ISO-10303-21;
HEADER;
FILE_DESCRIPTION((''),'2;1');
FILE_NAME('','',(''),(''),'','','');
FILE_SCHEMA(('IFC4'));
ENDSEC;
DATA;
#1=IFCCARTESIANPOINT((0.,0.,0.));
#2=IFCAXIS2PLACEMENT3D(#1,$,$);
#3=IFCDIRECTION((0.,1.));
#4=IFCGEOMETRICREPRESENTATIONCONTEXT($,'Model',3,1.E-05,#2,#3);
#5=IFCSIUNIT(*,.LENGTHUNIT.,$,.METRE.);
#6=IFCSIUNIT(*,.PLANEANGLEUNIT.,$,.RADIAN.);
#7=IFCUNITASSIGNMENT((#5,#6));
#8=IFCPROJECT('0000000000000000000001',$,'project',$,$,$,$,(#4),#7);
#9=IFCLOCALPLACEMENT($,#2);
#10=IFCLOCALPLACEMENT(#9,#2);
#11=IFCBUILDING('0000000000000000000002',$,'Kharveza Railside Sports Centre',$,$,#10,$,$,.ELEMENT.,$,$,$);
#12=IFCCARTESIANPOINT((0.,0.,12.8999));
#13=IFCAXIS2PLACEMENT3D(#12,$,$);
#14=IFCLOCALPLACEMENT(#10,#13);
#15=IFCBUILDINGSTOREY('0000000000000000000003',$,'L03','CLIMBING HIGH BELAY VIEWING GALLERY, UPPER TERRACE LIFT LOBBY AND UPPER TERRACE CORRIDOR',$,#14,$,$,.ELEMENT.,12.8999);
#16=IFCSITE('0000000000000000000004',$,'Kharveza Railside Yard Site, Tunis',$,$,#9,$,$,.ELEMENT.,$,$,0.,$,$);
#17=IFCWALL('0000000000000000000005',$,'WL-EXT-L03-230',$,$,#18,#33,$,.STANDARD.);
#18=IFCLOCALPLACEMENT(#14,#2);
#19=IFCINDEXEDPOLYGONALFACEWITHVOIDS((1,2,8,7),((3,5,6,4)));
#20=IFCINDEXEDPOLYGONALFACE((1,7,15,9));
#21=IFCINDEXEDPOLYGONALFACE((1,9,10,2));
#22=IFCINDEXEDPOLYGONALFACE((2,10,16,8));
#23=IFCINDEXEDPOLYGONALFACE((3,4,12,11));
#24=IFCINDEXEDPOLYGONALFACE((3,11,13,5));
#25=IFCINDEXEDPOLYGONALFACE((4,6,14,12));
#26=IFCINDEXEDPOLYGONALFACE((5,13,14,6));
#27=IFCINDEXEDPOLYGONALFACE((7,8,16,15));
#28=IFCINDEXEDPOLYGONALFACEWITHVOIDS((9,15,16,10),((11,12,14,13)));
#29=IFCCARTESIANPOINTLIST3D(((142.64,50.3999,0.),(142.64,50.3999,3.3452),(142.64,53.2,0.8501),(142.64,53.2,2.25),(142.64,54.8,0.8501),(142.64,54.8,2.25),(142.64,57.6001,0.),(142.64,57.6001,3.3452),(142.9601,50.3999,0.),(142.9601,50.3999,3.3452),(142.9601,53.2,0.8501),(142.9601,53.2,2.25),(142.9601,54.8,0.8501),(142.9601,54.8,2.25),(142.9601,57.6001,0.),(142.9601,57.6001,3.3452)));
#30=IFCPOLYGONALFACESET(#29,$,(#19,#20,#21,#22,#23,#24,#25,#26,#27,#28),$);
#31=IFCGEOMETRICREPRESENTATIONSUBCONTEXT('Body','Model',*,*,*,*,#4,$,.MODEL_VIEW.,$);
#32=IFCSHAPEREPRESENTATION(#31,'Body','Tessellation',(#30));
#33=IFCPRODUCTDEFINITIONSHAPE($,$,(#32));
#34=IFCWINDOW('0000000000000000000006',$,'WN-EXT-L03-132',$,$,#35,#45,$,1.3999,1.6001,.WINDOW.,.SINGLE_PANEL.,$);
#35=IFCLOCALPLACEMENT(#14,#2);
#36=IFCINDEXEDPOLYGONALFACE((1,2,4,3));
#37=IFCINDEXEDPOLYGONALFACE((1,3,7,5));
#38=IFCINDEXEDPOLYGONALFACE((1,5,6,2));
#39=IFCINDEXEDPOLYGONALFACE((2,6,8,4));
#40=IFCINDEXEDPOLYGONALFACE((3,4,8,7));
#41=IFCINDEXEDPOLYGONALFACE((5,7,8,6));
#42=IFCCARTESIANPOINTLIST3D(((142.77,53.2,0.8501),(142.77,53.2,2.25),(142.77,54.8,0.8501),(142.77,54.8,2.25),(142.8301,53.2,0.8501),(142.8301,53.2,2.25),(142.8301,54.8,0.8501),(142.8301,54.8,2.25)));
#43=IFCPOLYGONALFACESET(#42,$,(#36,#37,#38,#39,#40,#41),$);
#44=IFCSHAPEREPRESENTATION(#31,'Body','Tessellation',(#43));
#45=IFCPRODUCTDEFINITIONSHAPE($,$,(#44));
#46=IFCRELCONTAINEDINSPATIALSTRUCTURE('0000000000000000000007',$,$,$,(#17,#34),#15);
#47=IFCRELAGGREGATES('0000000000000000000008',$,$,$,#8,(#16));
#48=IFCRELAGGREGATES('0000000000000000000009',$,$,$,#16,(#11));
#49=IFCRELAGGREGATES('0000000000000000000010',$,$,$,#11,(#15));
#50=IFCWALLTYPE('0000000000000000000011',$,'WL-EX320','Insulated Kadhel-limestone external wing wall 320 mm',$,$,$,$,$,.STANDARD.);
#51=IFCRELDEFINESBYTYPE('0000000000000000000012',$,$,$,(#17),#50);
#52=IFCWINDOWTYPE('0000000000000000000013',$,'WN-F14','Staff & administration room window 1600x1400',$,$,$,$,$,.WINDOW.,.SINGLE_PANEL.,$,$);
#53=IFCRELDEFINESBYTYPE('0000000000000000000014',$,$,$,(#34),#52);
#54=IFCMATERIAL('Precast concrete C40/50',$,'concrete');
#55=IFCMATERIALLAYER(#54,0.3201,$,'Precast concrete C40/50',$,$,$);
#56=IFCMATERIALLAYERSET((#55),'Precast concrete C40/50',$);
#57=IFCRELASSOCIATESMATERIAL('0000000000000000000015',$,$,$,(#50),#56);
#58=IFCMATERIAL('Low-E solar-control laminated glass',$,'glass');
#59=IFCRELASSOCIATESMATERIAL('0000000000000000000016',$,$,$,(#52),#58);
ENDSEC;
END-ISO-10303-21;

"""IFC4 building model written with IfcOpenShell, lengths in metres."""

from ifc_helpers import new_model, si_unit, direction, frame, frame_2d, origin, place, context, subcontext, project, spatial, rectangle, extrude, material, layer, layer_set, type_object, element, fill, save


model = new_model("IFC4")

# Units and contexts
model_context = context("Model", 3, precision=1e-05, world=origin(), true_north=direction((0.0, 1.0)))
body_context = subcontext(model_context, "Body", "Model", "MODEL_VIEW")
ifc_project = project(units=[si_unit("LENGTHUNIT", "METRE"), si_unit("PLANEANGLEUNIT", "RADIAN")], contexts=[model_context])

# Site, building, storey
site_placement = place(None, origin())
site = spatial("IfcSite", under=ifc_project, at=site_placement, Name="Kharveza Railside Yard Site, Tunis", CompositionType="ELEMENT", RefElevation=0.0)
building_placement = place(site_placement, origin())
building = spatial("IfcBuilding", under=site, at=building_placement, Name="Kharveza Railside Sports Centre", CompositionType="ELEMENT")
storey_placement = place(building_placement, frame((0.0, 0.0, 12.8999)))
storey = spatial("IfcBuildingStorey", under=building, at=storey_placement, Name="L03", Description="CLIMBING HIGH BELAY VIEWING GALLERY, UPPER TERRACE LIFT LOBBY AND UPPER TERRACE CORRIDOR", CompositionType="ELEMENT", Elevation=12.8999)

# Shared definitions
ifc_material_1 = material(Name="Low-E solar-control laminated glass", Category="glass")

# Wall, opening, window
ifc_material_2 = material(Name="Precast concrete C40/50", Category="concrete")
ifc_layer_1 = layer(ifc_material_2, 0.3201, Name="Precast concrete C40/50")
ifc_layer_set_1 = layer_set([ifc_layer_1], Name="Precast concrete C40/50")
wall_type = type_object("IfcWallType", Name="WL-EX320", Description="Insulated Kadhel-limestone external wing wall 320 mm", PredefinedType="STANDARD", material=ifc_layer_set_1)
wall_1_placement = place(storey_placement, frame((142.8, 57.6001, 0.0), z_axis=(0.0, 0.0, 1.0), x_axis=(0.0, -1.0, 0.0)))
wall_1 = element("IfcWall", 1, at=wall_1_placement, inside=storey, type_object=wall_type, Name="WL-EXT-L03-230", PredefinedType="STANDARD", context=body_context, shape_type="SweptSolid", body=[
    extrude(rectangle(XDim=7.2002, YDim=0.3201, at=frame_2d((3.6001, 0.0))), origin(), (0.0, 0.0, 1.0), 3.3452),
])
opening_1_placement = place(wall_1_placement, frame((2.8, 0.0, 0.8501)))
opening_1 = element("IfcOpeningElement", 2, at=opening_1_placement, cuts=wall_1, PredefinedType="OPENING", context=body_context, shape_type="SweptSolid", body=[
    extrude(rectangle(XDim=1.6001, YDim=1.3999, at=frame_2d((0.8, 0.7))), frame((0.0, 0.1851, 0.0), z_axis=(0.0, -1.0, 0.0), x_axis=(1.0, 0.0, 0.0)), (0.0, 0.0, 1.0), 0.3699),
])
window_type_1 = type_object("IfcWindowType", Name="WN-F14", Description="Staff & administration room window 1600x1400", PartitioningType="SINGLE_PANEL", PredefinedType="WINDOW", material=ifc_material_1)
window_1_placement = place(opening_1_placement, origin())
window_1 = element("IfcWindow", 3, at=window_1_placement, inside=storey, type_object=window_type_1, Name="WN-EXT-L03-132", OverallHeight=1.3999, OverallWidth=1.6001, PartitioningType="SINGLE_PANEL", PredefinedType="WINDOW", context=body_context, shape_type="SweptSolid", body=[
    extrude(rectangle(XDim=1.6001, YDim=1.3999, at=frame_2d((0.8, 0.7))), frame((0.0, 0.03, 0.0), z_axis=(0.0, -1.0, 0.0), x_axis=(1.0, 0.0, 0.0)), (0.0, 0.0, 1.0), 0.0601),
])
fill(opening_1, window_1)

save(model, "model.ifc")
